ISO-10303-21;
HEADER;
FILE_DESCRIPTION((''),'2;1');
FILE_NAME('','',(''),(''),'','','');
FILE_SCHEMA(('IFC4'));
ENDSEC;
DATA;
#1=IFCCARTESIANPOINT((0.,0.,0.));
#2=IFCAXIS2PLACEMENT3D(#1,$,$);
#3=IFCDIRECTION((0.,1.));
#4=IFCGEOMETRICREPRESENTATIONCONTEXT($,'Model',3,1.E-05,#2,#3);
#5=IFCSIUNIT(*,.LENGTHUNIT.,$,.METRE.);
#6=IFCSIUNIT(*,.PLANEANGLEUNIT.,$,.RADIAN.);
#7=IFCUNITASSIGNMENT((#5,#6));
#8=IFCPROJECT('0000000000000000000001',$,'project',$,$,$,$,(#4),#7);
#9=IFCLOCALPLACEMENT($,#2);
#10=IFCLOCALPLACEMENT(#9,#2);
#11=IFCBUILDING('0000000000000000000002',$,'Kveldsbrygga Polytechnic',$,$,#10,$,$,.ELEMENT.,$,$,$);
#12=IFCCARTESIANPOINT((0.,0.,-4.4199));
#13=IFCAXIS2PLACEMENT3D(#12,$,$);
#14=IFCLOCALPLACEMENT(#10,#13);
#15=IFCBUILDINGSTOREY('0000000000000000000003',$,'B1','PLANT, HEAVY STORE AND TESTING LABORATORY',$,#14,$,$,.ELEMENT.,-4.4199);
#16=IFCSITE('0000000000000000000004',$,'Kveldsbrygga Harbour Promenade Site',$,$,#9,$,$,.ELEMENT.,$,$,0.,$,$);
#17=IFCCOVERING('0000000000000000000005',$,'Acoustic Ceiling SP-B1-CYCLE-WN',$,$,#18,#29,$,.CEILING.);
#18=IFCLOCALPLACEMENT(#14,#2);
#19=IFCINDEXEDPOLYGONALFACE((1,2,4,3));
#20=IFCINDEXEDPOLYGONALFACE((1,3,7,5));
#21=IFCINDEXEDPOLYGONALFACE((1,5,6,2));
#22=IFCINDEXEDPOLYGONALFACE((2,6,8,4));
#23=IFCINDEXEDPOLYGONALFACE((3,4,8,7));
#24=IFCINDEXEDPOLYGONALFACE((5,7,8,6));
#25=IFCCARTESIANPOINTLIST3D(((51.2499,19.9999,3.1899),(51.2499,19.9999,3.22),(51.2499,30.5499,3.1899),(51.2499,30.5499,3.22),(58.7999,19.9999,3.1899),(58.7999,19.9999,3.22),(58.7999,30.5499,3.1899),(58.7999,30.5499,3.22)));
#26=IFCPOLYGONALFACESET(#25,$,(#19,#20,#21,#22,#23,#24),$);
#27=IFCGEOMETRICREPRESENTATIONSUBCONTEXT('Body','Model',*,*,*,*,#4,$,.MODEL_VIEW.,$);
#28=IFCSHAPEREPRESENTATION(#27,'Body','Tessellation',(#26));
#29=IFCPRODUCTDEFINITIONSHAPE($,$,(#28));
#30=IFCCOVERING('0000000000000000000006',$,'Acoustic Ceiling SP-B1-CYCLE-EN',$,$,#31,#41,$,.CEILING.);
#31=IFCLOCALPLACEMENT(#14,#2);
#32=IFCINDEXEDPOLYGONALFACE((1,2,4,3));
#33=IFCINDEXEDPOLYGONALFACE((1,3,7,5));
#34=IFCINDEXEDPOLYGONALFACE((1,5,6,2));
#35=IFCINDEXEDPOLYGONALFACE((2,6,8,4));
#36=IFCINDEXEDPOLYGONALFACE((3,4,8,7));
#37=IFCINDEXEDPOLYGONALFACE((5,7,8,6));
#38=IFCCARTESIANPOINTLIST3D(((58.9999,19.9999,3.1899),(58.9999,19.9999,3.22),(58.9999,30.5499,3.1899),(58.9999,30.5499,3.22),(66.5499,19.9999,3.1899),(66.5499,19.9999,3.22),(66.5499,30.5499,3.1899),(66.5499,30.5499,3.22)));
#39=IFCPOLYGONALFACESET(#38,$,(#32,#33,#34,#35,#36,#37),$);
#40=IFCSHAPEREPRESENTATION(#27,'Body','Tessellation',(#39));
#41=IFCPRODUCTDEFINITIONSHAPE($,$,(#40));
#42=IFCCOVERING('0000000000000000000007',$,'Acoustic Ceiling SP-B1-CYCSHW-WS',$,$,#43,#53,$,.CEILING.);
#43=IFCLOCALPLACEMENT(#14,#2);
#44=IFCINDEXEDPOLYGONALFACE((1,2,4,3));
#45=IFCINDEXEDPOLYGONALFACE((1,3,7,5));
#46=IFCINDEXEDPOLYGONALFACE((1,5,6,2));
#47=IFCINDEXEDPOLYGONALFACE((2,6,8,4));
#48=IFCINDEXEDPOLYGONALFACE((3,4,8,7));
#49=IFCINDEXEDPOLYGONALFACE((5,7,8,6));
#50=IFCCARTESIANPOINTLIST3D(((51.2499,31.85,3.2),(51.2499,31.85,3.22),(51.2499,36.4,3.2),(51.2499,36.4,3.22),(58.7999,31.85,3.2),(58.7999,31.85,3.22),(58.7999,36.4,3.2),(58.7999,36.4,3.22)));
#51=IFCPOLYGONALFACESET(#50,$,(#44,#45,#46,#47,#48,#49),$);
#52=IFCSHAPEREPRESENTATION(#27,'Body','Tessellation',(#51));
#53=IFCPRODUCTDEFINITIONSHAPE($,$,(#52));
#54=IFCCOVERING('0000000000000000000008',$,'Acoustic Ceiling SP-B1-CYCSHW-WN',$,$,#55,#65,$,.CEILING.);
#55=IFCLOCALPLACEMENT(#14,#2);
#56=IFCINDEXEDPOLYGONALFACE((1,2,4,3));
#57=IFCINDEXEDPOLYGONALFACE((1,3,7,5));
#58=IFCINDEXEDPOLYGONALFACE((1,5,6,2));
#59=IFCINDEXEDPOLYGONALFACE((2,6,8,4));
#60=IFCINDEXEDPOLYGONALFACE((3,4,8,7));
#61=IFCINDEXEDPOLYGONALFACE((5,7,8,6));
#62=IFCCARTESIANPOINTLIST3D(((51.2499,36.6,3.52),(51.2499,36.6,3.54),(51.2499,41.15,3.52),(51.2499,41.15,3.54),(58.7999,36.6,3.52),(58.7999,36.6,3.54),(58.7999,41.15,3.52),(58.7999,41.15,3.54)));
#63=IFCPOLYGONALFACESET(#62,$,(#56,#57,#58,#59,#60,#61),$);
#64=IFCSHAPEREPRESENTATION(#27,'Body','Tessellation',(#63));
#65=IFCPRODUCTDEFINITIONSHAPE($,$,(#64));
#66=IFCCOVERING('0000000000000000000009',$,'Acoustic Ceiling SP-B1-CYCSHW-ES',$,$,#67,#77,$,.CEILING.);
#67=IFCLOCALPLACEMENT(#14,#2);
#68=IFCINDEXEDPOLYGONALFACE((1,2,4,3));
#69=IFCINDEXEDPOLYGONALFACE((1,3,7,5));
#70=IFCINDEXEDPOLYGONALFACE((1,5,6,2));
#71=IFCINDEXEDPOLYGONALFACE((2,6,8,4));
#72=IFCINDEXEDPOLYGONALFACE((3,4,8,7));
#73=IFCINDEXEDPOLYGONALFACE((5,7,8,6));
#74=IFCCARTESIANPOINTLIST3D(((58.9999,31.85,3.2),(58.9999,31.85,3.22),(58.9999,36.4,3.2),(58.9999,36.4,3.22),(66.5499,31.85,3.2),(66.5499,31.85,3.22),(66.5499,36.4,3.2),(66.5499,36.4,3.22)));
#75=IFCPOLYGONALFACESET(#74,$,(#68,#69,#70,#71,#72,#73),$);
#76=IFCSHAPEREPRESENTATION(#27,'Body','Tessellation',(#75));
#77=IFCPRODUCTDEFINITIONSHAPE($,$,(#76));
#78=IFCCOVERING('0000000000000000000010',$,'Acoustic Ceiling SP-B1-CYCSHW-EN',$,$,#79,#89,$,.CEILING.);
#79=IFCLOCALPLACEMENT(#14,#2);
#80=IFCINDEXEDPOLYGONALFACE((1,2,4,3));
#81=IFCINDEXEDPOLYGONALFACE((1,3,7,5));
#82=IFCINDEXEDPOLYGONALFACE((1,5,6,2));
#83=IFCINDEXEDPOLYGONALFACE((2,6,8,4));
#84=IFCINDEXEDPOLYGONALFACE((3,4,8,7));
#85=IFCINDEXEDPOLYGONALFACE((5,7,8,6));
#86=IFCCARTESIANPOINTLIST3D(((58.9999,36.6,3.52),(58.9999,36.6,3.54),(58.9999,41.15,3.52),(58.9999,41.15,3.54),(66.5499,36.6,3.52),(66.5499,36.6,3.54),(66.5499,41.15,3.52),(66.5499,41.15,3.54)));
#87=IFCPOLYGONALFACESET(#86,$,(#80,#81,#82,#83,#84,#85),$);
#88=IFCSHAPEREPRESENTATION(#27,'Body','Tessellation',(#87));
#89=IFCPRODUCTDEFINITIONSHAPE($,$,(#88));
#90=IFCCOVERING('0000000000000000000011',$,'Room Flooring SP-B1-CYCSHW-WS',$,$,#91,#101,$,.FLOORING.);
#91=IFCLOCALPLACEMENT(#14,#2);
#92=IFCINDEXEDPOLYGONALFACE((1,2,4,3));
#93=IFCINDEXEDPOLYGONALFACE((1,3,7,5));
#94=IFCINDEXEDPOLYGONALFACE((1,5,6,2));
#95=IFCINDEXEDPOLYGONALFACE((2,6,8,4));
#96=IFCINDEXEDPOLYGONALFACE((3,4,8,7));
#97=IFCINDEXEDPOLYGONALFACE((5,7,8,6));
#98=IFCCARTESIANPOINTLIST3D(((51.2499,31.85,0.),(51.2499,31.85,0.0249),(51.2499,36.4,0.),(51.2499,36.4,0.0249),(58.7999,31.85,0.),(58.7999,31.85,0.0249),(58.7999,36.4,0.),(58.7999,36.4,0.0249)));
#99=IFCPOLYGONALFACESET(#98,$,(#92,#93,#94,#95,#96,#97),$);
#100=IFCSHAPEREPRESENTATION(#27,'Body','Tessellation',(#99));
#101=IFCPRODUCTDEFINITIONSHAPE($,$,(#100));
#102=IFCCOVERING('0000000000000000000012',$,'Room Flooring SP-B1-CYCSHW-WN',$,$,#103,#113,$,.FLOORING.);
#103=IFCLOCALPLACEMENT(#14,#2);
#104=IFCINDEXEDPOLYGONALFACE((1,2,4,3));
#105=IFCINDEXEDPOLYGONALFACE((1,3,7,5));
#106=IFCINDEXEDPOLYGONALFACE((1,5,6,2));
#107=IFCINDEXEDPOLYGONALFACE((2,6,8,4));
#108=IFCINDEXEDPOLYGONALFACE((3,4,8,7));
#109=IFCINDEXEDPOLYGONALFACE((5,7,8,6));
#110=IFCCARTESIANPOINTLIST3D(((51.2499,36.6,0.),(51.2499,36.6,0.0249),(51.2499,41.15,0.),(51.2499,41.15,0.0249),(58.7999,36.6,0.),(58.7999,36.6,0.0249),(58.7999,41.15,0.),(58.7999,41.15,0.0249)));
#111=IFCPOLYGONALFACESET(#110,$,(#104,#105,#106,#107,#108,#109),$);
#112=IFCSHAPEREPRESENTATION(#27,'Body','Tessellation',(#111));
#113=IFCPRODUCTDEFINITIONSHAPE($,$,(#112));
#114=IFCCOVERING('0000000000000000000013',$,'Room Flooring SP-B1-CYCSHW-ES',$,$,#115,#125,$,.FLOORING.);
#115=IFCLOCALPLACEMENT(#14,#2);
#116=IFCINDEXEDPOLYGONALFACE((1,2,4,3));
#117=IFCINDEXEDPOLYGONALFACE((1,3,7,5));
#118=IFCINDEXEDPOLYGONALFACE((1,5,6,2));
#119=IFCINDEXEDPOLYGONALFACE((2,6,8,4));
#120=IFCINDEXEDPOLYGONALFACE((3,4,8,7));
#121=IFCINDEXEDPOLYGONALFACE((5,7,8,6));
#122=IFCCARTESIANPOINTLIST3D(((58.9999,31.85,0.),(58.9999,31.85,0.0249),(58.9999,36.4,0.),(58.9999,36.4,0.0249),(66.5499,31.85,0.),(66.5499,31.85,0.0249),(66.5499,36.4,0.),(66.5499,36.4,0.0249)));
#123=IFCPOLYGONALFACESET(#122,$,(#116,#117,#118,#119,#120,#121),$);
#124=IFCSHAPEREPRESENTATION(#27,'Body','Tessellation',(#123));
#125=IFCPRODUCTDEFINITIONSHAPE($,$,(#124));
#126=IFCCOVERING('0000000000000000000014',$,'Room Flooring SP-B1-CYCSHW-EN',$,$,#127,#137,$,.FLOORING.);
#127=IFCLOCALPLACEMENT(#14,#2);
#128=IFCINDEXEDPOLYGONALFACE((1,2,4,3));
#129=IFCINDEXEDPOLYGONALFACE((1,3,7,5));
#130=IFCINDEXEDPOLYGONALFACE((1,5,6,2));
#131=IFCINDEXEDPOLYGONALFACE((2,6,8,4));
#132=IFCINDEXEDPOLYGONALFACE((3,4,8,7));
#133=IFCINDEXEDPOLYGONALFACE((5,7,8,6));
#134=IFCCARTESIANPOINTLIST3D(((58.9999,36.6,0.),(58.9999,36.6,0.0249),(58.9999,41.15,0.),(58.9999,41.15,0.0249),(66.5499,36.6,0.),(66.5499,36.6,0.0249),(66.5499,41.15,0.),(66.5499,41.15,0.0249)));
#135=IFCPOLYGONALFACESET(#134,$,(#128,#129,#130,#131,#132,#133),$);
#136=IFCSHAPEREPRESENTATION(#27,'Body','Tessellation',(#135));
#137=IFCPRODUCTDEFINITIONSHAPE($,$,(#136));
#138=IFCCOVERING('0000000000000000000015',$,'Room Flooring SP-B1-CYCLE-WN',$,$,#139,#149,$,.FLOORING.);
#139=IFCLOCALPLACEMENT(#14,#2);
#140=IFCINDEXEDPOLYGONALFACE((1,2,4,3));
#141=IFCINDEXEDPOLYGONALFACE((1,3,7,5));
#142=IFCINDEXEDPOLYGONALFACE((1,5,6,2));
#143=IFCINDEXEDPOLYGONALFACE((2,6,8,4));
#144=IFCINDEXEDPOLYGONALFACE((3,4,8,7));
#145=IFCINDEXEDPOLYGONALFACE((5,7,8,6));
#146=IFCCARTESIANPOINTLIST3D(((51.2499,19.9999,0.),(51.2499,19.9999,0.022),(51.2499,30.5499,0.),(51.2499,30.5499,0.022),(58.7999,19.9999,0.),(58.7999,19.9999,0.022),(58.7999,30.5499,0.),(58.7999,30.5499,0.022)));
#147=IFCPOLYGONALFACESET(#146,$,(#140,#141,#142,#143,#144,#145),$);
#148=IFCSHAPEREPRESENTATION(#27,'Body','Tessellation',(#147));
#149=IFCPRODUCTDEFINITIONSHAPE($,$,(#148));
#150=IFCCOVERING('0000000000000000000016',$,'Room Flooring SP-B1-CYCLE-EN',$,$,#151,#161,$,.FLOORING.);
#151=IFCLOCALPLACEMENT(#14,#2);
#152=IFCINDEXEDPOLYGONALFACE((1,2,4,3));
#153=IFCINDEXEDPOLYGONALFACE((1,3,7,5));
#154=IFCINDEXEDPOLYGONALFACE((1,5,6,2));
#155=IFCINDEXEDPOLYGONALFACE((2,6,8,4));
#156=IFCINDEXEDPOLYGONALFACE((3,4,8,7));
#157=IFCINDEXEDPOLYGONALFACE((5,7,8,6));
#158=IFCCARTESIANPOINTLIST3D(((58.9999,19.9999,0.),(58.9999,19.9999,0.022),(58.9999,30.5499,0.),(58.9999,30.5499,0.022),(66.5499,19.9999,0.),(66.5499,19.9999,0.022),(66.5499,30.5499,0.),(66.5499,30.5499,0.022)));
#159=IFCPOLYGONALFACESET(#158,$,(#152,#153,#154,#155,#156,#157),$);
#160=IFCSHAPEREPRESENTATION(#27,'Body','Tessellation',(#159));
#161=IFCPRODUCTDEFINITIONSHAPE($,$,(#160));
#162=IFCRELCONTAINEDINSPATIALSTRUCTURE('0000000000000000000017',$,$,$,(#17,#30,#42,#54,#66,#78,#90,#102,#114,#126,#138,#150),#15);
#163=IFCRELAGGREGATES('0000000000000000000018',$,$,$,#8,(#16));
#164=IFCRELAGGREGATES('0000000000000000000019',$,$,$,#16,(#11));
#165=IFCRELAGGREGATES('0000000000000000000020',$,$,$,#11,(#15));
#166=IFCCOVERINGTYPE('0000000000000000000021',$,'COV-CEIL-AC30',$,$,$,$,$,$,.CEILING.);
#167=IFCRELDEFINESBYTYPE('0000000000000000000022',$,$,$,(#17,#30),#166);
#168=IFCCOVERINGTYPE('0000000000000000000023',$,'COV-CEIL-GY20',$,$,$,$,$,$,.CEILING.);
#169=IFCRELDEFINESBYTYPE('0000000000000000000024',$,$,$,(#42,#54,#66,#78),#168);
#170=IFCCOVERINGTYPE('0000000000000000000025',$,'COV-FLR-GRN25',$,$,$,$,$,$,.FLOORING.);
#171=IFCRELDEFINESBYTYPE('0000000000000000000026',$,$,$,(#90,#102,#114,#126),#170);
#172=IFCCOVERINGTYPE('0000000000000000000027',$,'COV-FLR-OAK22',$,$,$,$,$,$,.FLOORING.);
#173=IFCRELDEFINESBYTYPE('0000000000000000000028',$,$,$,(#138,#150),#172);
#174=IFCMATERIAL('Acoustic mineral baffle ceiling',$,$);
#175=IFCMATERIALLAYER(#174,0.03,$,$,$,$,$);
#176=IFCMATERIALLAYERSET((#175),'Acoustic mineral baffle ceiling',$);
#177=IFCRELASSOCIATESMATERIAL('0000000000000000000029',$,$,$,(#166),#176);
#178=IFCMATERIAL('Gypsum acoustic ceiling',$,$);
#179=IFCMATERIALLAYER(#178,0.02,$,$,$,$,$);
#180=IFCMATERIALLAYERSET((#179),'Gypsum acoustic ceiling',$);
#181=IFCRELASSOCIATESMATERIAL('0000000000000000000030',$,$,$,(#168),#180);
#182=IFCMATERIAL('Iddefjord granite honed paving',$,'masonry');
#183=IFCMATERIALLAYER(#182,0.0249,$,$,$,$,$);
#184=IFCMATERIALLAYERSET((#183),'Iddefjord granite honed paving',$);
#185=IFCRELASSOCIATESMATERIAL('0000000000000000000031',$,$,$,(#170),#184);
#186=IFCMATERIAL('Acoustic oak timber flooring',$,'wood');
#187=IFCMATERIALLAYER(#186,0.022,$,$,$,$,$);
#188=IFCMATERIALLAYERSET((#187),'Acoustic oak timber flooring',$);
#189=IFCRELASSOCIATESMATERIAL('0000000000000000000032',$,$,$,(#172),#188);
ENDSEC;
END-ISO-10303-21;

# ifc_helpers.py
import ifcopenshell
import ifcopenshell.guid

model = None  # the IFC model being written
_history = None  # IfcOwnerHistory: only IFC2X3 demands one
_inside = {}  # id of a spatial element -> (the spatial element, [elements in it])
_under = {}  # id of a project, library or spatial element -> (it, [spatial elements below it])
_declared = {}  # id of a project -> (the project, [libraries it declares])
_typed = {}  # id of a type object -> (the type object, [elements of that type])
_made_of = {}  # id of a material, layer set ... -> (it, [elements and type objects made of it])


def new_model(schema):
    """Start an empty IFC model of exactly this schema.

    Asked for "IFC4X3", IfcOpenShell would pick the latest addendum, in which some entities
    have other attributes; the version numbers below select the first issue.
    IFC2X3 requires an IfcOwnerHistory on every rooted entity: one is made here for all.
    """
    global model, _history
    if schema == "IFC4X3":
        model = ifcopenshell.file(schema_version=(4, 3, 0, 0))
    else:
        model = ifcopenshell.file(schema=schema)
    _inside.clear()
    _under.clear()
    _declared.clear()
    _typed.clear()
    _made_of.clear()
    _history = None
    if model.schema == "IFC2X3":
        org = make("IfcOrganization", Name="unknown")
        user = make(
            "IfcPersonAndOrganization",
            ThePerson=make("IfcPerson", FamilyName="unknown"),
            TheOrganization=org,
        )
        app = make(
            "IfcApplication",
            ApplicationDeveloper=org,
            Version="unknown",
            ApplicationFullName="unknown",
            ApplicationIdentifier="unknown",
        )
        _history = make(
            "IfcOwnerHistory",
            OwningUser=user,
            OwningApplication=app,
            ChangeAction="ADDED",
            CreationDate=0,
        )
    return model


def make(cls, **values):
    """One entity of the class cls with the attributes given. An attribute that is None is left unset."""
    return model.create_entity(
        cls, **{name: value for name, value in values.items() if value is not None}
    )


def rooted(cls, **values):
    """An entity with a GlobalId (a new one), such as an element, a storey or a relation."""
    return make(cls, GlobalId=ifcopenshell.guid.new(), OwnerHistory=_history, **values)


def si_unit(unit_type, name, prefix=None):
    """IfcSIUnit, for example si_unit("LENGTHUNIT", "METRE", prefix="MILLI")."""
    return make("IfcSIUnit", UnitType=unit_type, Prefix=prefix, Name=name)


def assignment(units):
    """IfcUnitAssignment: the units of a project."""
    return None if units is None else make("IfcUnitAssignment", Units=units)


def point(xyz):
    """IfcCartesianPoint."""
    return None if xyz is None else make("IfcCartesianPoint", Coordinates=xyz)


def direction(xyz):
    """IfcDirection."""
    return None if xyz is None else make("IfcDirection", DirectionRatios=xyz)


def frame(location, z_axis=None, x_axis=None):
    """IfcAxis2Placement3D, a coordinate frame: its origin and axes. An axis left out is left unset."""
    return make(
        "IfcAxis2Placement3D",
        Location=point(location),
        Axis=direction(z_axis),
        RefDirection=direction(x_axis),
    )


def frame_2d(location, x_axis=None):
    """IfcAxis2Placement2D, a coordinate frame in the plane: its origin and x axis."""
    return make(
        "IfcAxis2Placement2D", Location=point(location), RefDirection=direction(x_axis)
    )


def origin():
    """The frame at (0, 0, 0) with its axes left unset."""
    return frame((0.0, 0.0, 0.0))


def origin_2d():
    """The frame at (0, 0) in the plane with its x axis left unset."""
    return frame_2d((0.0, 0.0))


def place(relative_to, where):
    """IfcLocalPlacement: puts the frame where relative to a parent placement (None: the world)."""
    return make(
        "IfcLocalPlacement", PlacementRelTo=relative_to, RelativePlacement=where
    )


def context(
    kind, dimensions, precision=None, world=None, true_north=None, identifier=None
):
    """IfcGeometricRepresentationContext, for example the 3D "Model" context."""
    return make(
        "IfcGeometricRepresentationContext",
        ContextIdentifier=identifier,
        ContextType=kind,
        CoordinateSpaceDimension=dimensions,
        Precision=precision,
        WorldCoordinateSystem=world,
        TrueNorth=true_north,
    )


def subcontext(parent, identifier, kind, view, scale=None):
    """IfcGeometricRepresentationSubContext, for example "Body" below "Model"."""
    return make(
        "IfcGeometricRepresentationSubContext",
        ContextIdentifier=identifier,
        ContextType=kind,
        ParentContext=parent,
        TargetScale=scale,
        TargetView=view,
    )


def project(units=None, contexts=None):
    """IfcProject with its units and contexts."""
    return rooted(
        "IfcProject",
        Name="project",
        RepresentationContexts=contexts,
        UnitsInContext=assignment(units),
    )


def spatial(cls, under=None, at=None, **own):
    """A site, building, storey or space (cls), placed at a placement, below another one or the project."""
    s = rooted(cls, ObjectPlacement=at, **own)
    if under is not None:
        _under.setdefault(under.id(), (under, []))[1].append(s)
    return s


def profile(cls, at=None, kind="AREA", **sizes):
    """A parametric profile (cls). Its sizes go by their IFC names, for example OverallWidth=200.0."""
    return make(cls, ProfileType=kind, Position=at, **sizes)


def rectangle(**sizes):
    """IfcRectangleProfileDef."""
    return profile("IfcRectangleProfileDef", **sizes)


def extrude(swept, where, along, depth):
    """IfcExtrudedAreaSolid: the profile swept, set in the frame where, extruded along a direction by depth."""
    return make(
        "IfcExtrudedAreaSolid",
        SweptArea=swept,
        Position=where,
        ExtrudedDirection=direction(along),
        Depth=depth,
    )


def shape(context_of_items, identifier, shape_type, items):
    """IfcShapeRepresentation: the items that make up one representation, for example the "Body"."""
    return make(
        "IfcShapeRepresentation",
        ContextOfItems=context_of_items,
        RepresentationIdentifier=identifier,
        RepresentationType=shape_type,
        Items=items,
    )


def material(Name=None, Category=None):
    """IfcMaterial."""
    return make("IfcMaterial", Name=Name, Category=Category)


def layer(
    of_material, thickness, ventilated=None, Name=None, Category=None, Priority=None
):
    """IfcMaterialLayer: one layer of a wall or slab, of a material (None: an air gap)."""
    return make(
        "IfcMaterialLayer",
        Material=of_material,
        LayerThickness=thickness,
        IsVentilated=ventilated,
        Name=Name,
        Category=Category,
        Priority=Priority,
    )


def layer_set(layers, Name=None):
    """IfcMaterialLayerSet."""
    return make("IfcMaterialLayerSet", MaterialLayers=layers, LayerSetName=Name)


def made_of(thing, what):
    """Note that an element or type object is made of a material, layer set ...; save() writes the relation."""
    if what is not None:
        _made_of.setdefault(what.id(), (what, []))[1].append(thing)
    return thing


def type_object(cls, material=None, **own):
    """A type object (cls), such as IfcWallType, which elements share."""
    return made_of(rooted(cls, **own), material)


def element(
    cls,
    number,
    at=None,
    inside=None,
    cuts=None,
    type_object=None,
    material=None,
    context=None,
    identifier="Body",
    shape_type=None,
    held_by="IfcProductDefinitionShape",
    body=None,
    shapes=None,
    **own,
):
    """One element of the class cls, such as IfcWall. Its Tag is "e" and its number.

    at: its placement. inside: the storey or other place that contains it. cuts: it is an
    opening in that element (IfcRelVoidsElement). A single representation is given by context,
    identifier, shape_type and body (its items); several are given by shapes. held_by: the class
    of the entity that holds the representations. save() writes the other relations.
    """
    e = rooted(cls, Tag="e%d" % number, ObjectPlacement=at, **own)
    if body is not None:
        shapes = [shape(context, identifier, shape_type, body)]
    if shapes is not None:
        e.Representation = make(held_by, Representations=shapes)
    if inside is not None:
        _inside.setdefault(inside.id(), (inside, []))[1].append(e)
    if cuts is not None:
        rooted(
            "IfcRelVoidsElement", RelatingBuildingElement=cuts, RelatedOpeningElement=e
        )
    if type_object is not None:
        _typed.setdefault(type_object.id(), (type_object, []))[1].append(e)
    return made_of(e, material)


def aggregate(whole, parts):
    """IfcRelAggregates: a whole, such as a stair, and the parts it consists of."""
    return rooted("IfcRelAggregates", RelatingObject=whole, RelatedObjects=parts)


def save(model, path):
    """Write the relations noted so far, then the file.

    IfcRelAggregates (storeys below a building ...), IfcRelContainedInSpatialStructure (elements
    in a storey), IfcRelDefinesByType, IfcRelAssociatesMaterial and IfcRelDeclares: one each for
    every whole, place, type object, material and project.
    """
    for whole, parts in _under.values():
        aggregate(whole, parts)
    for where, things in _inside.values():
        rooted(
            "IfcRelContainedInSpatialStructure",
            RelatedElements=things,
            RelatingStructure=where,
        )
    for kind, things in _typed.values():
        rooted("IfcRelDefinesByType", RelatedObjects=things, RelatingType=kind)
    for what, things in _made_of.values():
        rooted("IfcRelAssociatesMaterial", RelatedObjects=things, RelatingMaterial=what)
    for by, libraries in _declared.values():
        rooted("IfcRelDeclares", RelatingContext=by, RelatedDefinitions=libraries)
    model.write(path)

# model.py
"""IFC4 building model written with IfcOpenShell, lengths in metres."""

from ifc_helpers import new_model, si_unit, direction, frame, origin, origin_2d, place, context, subcontext, project, spatial, rectangle, extrude, material, layer, layer_set, type_object, element, save


model = new_model("IFC4")

# Units and contexts
model_context = context("Model", 3, precision=1e-05, world=origin(), true_north=direction((0.0, 1.0)))
body_context = subcontext(model_context, "Body", "Model", "MODEL_VIEW")
ifc_project = project(units=[si_unit("LENGTHUNIT", "METRE"), si_unit("PLANEANGLEUNIT", "RADIAN")], contexts=[model_context])

# Site, building, storey
site_placement = place(None, origin())
site = spatial("IfcSite", under=ifc_project, at=site_placement, Name="Kveldsbrygga Harbour Promenade Site", CompositionType="ELEMENT", RefElevation=0.0)
building_placement = place(site_placement, origin())
building = spatial("IfcBuilding", under=site, at=building_placement, Name="Kveldsbrygga Polytechnic", CompositionType="ELEMENT")
storey_placement = place(building_placement, frame((0.0, 0.0, -4.4199)))
storey = spatial("IfcBuildingStorey", under=building, at=storey_placement, Name="B1", Description="PLANT, HEAVY STORE AND TESTING LABORATORY", CompositionType="ELEMENT", Elevation=-4.4199)

# Coverings
ifc_material_1 = material(Name="Acoustic mineral baffle ceiling")
ifc_layer_1 = layer(ifc_material_1, 0.03)
ifc_layer_set_1 = layer_set([ifc_layer_1], Name="Acoustic mineral baffle ceiling")
covering_type_1 = type_object("IfcCoveringType", Name="COV-CEIL-AC30", PredefinedType="CEILING", material=ifc_layer_set_1)
for number, where, z_axis, x_axis, name in (
    (1, (55.0249, 25.2749, 3.1899), (0.0, 0.0, 1.0), (1.0, 0.0, 0.0), "Acoustic Ceiling SP-B1-CYCLE-WN"),
    (2, (62.7749, 25.2749, 3.1899), (0.0, 0.0, 1.0), (1.0, 0.0, 0.0), "Acoustic Ceiling SP-B1-CYCLE-EN"),
):
    element("IfcCovering", number, at=place(storey_placement, frame(where, z_axis=z_axis, x_axis=x_axis)), inside=storey, type_object=covering_type_1, Name=name, PredefinedType="CEILING", context=body_context, shape_type="SweptSolid", body=[
        extrude(rectangle(XDim=7.55, YDim=10.55, at=origin_2d()), origin(), (0.0, 0.0, 1.0), 0.03),
    ])
ifc_material_2 = material(Name="Gypsum acoustic ceiling")
ifc_layer_2 = layer(ifc_material_2, 0.02)
ifc_layer_set_2 = layer_set([ifc_layer_2], Name="Gypsum acoustic ceiling")
covering_type_2 = type_object("IfcCoveringType", Name="COV-CEIL-GY20", PredefinedType="CEILING", material=ifc_layer_set_2)
for number, where, z_axis, x_axis, name in (
    (3, (55.0249, 34.125, 3.2), (0.0, 0.0, 1.0), (1.0, 0.0, 0.0), "Acoustic Ceiling SP-B1-CYCSHW-WS"),
    (4, (55.0249, 38.875, 3.52), (0.0, 0.0, 1.0), (1.0, 0.0, 0.0), "Acoustic Ceiling SP-B1-CYCSHW-WN"),
    (5, (62.7749, 34.125, 3.2), (0.0, 0.0, 1.0), (1.0, 0.0, 0.0), "Acoustic Ceiling SP-B1-CYCSHW-ES"),
    (6, (62.7749, 38.875, 3.52), (0.0, 0.0, 1.0), (1.0, 0.0, 0.0), "Acoustic Ceiling SP-B1-CYCSHW-EN"),
):
    element("IfcCovering", number, at=place(storey_placement, frame(where, z_axis=z_axis, x_axis=x_axis)), inside=storey, type_object=covering_type_2, Name=name, PredefinedType="CEILING", context=body_context, shape_type="SweptSolid", body=[
        extrude(rectangle(XDim=7.55, YDim=4.55, at=origin_2d()), origin(), (0.0, 0.0, 1.0), 0.02),
    ])
ifc_material_3 = material(Name="Iddefjord granite honed paving", Category="masonry")
ifc_layer_3 = layer(ifc_material_3, 0.0249)
ifc_layer_set_3 = layer_set([ifc_layer_3], Name="Iddefjord granite honed paving")
covering_type_3 = type_object("IfcCoveringType", Name="COV-FLR-GRN25", PredefinedType="FLOORING", material=ifc_layer_set_3)
for number, where, z_axis, x_axis, name in (
    (7, (55.0249, 34.125, 0.0), (0.0, 0.0, 1.0), (1.0, 0.0, 0.0), "Room Flooring SP-B1-CYCSHW-WS"),
    (8, (55.0249, 38.875, 0.0), (0.0, 0.0, 1.0), (1.0, 0.0, 0.0), "Room Flooring SP-B1-CYCSHW-WN"),
    (9, (62.7749, 34.125, 0.0), (0.0, 0.0, 1.0), (1.0, 0.0, 0.0), "Room Flooring SP-B1-CYCSHW-ES"),
    (10, (62.7749, 38.875, 0.0), (0.0, 0.0, 1.0), (1.0, 0.0, 0.0), "Room Flooring SP-B1-CYCSHW-EN"),
):
    element("IfcCovering", number, at=place(storey_placement, frame(where, z_axis=z_axis, x_axis=x_axis)), inside=storey, type_object=covering_type_3, Name=name, PredefinedType="FLOORING", context=body_context, shape_type="SweptSolid", body=[
        extrude(rectangle(XDim=7.55, YDim=4.55, at=origin_2d()), origin(), (0.0, 0.0, 1.0), 0.0249),
    ])
ifc_material_4 = material(Name="Acoustic oak timber flooring", Category="wood")
ifc_layer_4 = layer(ifc_material_4, 0.022)
ifc_layer_set_4 = layer_set([ifc_layer_4], Name="Acoustic oak timber flooring")
covering_type_4 = type_object("IfcCoveringType", Name="COV-FLR-OAK22", PredefinedType="FLOORING", material=ifc_layer_set_4)
for number, where, z_axis, x_axis, name in (
    (11, (55.0249, 25.2749, 0.0), (0.0, 0.0, 1.0), (1.0, 0.0, 0.0), "Room Flooring SP-B1-CYCLE-WN"),
    (12, (62.7749, 25.2749, 0.0), (0.0, 0.0, 1.0), (1.0, 0.0, 0.0), "Room Flooring SP-B1-CYCLE-EN"),
):
    element("IfcCovering", number, at=place(storey_placement, frame(where, z_axis=z_axis, x_axis=x_axis)), inside=storey, type_object=covering_type_4, Name=name, PredefinedType="FLOORING", context=body_context, shape_type="SweptSolid", body=[
        extrude(rectangle(XDim=7.55, YDim=10.55, at=origin_2d()), origin(), (0.0, 0.0, 1.0), 0.022),
    ])

save(model, "model.ifc")
